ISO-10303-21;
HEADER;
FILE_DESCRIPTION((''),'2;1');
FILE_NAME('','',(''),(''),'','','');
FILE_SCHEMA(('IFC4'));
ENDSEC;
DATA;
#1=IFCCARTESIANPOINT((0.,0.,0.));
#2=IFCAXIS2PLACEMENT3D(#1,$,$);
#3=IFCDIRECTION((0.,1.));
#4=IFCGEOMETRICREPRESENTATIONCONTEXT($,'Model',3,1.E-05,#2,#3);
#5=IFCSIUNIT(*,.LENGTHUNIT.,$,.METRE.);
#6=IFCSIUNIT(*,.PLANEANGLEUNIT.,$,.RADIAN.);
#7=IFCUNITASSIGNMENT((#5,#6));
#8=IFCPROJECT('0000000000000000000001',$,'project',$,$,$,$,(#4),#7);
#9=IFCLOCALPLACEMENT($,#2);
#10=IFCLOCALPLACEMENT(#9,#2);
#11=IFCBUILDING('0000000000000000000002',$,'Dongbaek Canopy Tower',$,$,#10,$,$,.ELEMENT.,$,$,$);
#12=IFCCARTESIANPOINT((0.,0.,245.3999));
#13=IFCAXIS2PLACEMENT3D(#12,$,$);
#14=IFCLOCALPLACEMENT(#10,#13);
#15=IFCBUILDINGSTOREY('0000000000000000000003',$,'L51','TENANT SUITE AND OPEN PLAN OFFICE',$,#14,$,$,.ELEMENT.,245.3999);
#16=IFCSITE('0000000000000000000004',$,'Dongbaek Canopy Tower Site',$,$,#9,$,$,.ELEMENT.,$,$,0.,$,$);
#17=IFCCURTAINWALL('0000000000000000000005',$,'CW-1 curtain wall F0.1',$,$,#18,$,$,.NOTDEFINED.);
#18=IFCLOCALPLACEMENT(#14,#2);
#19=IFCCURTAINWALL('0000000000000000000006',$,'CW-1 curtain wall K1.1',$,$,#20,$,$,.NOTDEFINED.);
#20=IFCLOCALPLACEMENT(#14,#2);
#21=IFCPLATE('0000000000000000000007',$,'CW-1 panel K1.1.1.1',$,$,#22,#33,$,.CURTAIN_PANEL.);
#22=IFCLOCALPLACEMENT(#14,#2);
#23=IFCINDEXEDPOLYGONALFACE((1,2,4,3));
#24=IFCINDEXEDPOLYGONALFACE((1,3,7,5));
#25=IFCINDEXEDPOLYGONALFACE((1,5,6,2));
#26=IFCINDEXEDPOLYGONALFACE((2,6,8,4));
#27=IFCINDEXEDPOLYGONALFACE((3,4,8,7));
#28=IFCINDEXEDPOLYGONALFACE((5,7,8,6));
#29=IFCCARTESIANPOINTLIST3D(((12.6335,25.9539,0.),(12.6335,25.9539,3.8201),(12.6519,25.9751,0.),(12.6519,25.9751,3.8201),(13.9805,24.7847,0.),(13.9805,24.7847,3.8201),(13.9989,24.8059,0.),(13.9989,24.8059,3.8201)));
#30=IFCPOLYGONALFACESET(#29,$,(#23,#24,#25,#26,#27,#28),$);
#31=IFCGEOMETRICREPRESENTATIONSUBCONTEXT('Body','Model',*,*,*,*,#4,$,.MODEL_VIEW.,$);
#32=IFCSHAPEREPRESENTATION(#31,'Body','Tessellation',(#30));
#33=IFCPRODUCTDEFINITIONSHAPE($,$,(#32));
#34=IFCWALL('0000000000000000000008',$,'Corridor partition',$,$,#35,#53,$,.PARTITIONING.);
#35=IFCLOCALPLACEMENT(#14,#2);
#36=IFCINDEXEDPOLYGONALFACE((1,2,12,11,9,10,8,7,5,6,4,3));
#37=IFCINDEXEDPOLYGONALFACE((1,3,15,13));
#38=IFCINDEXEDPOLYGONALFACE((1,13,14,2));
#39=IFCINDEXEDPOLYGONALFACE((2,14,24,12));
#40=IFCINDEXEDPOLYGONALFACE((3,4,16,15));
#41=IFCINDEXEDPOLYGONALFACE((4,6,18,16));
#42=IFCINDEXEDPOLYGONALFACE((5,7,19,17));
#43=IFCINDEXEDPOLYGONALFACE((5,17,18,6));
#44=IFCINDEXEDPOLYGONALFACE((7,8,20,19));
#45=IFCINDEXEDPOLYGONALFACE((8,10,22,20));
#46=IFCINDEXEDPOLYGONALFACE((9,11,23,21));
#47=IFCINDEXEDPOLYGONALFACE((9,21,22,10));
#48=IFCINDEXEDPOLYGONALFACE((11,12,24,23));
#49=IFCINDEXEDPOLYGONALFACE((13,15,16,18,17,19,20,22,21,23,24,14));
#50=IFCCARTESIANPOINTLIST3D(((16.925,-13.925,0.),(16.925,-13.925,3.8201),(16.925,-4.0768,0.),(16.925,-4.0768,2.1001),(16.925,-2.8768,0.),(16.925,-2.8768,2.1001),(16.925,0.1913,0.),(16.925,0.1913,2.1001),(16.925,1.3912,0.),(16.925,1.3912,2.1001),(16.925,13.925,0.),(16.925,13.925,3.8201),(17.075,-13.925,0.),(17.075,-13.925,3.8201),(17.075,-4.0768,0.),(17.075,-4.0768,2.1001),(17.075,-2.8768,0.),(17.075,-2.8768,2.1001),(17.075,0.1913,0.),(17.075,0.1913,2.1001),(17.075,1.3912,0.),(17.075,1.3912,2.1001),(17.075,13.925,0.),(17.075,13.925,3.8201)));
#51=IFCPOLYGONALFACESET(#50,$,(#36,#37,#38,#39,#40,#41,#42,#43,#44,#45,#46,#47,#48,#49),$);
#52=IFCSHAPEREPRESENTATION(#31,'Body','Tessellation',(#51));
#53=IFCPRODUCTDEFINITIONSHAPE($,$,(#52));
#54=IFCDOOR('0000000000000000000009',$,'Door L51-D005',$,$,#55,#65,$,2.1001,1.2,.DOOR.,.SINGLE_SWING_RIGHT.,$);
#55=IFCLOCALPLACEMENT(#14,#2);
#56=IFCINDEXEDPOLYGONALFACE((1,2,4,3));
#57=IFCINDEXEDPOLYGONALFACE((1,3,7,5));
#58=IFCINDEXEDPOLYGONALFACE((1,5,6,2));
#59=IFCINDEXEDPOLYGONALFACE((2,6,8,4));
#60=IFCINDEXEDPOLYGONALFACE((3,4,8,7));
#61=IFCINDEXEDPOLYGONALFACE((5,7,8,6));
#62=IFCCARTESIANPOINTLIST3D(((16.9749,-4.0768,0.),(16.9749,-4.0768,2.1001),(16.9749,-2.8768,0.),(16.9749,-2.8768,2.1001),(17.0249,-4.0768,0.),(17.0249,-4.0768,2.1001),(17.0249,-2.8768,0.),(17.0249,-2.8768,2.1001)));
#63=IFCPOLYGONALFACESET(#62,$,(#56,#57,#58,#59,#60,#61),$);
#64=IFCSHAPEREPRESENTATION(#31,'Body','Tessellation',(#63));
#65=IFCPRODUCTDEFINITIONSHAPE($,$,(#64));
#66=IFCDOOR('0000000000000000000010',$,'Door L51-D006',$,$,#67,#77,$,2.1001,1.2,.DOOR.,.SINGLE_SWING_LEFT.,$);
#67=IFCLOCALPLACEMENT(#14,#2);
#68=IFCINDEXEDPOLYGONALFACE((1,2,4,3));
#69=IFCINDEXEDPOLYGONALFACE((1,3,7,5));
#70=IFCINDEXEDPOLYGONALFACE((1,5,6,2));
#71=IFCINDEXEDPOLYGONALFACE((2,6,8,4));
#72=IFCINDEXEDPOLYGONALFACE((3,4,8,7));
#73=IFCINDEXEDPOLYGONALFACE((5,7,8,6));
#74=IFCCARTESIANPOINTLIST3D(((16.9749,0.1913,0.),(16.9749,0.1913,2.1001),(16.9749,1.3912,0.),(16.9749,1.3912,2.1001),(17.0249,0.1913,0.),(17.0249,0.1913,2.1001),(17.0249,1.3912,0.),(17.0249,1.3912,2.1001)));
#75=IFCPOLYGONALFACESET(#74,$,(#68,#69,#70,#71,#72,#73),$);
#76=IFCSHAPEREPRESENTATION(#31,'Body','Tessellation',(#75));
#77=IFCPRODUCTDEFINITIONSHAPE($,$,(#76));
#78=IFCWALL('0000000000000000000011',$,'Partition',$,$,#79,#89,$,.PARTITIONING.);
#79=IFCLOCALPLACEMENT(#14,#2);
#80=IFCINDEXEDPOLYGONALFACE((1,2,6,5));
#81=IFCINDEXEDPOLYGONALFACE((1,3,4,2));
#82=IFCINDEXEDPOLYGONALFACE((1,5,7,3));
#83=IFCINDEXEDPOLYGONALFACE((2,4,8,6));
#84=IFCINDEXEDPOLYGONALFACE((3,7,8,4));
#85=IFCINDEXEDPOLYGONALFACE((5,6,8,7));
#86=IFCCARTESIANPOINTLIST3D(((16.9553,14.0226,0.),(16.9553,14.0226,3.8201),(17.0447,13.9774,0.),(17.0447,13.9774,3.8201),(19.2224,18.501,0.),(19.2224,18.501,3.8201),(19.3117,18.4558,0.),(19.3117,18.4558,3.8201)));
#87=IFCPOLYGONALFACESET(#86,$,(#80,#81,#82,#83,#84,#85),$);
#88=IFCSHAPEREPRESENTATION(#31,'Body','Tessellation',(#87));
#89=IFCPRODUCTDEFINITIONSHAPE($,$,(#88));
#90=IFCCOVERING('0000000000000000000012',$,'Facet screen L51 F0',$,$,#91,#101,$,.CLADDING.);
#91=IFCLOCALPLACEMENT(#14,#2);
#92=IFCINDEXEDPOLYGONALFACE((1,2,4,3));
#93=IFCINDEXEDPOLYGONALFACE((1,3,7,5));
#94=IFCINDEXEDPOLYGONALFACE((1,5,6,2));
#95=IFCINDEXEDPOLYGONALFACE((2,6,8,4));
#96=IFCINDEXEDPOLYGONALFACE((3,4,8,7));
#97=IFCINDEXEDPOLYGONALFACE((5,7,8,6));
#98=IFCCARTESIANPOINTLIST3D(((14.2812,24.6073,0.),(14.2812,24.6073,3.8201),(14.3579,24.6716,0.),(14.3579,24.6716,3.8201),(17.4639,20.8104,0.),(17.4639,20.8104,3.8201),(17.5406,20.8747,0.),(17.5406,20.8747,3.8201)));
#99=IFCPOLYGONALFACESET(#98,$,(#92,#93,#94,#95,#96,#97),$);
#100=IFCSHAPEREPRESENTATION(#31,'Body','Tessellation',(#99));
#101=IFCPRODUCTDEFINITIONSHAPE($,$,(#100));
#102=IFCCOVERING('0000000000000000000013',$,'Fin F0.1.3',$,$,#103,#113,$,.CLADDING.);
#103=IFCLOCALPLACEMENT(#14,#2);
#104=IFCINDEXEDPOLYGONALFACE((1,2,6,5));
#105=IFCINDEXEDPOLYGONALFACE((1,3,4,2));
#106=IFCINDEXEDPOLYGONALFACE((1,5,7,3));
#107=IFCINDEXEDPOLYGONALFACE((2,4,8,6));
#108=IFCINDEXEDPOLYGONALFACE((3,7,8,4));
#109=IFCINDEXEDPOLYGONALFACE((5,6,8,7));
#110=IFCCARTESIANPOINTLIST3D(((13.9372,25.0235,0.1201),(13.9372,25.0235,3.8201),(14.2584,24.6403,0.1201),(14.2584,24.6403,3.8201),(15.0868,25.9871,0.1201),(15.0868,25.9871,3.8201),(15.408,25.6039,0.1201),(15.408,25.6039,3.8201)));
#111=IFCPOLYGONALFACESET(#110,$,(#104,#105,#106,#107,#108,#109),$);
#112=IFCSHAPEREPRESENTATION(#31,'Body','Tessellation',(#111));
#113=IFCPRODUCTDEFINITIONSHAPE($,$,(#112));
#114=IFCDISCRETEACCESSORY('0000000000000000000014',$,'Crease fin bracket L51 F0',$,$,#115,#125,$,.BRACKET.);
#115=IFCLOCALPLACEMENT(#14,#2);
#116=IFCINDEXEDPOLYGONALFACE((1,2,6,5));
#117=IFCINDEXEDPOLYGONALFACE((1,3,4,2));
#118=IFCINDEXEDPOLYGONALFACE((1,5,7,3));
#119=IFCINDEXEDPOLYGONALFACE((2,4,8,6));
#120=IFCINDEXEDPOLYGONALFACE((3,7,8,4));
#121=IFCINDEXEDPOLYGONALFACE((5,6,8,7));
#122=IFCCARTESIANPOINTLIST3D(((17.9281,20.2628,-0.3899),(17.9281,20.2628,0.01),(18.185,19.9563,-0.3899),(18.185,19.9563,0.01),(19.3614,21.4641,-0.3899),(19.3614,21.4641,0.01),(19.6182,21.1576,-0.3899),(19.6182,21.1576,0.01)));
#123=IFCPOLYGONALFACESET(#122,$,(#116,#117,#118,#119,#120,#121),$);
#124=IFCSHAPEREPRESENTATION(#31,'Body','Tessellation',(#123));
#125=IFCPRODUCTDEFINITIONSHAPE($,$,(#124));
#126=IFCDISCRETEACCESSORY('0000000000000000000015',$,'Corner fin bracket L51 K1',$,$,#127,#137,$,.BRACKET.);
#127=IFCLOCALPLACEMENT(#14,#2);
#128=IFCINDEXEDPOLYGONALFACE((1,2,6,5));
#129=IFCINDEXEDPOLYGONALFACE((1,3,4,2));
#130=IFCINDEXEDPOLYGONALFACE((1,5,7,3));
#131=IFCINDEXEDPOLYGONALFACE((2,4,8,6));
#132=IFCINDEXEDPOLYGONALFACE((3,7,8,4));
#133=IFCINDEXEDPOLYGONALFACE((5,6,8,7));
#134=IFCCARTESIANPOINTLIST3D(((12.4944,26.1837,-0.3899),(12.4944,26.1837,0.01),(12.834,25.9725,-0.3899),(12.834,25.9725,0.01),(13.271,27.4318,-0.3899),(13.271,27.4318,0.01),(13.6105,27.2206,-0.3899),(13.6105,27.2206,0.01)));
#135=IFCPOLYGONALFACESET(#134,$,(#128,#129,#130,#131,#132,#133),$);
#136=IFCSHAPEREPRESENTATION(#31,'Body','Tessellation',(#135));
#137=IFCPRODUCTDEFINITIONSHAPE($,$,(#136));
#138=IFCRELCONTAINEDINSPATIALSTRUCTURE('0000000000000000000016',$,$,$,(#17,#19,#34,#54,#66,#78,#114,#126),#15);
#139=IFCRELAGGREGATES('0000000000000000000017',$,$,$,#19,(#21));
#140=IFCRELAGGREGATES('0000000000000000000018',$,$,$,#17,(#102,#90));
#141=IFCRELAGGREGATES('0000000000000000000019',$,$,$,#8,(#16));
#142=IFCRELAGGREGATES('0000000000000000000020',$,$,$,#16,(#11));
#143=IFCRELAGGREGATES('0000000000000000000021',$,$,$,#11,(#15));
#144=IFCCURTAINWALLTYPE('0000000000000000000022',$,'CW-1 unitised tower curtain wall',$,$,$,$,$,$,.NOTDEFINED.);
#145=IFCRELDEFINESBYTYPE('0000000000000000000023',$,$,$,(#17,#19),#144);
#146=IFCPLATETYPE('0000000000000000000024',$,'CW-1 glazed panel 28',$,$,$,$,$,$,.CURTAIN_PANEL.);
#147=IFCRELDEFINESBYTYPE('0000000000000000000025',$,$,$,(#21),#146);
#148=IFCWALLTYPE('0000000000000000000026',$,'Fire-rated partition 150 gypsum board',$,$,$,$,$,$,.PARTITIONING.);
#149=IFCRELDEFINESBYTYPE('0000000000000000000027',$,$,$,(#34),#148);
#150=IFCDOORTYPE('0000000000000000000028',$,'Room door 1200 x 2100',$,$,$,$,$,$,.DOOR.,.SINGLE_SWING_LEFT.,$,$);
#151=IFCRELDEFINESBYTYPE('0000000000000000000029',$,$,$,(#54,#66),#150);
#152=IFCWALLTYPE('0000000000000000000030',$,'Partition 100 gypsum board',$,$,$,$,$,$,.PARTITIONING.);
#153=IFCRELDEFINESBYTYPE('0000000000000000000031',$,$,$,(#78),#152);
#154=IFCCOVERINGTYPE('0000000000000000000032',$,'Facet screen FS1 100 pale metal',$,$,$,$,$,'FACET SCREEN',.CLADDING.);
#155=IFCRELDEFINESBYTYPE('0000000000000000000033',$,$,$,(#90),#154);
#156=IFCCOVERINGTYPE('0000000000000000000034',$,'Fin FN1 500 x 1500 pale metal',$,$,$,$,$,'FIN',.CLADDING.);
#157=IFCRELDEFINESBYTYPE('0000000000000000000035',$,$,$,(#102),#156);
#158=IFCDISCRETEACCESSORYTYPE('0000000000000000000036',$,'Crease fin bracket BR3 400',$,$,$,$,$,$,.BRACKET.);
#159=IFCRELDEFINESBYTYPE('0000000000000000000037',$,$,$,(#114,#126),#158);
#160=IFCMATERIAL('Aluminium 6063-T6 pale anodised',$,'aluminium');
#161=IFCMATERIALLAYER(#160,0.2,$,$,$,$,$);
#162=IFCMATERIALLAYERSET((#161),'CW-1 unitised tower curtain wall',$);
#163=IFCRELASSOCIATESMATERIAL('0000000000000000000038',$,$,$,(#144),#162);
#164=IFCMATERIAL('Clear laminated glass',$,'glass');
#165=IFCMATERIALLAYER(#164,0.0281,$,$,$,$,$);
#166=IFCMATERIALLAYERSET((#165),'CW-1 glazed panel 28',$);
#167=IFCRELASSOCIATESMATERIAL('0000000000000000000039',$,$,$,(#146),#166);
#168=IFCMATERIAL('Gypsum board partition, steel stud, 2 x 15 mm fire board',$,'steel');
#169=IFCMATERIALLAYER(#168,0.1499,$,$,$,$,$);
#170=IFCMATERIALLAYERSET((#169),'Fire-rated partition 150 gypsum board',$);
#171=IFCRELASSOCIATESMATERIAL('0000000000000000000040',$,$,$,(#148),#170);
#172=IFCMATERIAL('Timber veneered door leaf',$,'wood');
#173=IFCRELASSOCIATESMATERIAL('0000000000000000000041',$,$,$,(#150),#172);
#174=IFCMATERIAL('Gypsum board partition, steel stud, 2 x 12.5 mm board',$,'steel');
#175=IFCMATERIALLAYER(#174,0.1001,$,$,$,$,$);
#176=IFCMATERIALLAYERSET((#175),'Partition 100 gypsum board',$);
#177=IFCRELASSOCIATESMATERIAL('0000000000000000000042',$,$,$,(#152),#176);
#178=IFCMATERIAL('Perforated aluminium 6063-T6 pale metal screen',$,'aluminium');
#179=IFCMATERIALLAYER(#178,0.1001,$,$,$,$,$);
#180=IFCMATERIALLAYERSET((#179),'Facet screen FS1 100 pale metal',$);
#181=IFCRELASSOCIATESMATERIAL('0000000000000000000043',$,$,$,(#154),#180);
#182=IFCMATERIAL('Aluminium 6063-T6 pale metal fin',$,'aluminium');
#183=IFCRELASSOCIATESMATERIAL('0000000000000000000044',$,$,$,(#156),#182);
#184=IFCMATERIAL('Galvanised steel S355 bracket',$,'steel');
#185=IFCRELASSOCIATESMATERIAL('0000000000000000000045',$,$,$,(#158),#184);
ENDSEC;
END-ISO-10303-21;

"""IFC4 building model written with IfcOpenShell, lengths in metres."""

from ifc_helpers import new_model, si_unit, direction, frame, frame_2d, origin, origin_2d, place, context, subcontext, project, spatial, rectangle, extrude, material, layer, layer_set, material_profile, profile_set, type_object, element, fill, aggregate, save


model = new_model("IFC4")

# Units and contexts
model_context = context("Model", 3, precision=1e-05, world=origin(), true_north=direction((0.0, 1.0)))
body_context = subcontext(model_context, "Body", "Model", "MODEL_VIEW")
ifc_project = project(units=[si_unit("LENGTHUNIT", "METRE"), si_unit("PLANEANGLEUNIT", "RADIAN")], contexts=[model_context])

# Site, building, storey
site_placement = place(None, origin())
site = spatial("IfcSite", under=ifc_project, at=site_placement, Name="Dongbaek Canopy Tower Site", CompositionType="ELEMENT", RefElevation=0.0)
building_placement = place(site_placement, origin())
building = spatial("IfcBuilding", under=site, at=building_placement, Name="Dongbaek Canopy Tower", CompositionType="ELEMENT")
storey_placement = place(building_placement, frame((0.0, 0.0, 245.3999)))
storey = spatial("IfcBuildingStorey", under=building, at=storey_placement, Name="L51", Description="TENANT SUITE AND OPEN PLAN OFFICE", CompositionType="ELEMENT", Elevation=245.3999)

# Curtain wall
ifc_material_1 = material(Name="Aluminium 6063-T6 pale anodised", Category="aluminium")
ifc_layer_1 = layer(ifc_material_1, 0.2)
ifc_layer_set_1 = layer_set([ifc_layer_1], Name="CW-1 unitised tower curtain wall")
curtain_wall_type = type_object("IfcCurtainWallType", Name="CW-1 unitised tower curtain wall", PredefinedType="NOTDEFINED", material=ifc_layer_set_1)
curtain_wall_1_placement = place(storey_placement, origin())
curtain_wall_1 = element("IfcCurtainWall", 1, at=curtain_wall_1_placement, inside=storey, type_object=curtain_wall_type, Name="CW-1 curtain wall F0.1", PredefinedType="NOTDEFINED")

# Shared definitions
ifc_material_2 = material(Name="Clear laminated glass", Category="glass")
ifc_layer_2 = layer(ifc_material_2, 0.0281)
ifc_layer_set_2 = layer_set([ifc_layer_2], Name="CW-1 glazed panel 28")
plate_type = type_object("IfcPlateType", Name="CW-1 glazed panel 28", PredefinedType="CURTAIN_PANEL", material=ifc_layer_set_2)

# Curtain wall, plate
curtain_wall_2_placement = place(storey_placement, origin())
curtain_wall_2 = element("IfcCurtainWall", 2, at=curtain_wall_2_placement, inside=storey, type_object=curtain_wall_type, Name="CW-1 curtain wall K1.1", PredefinedType="NOTDEFINED")
plate_1_placement = place(storey_placement, frame((13.3162, 25.3799, 0.0), z_axis=(0.0, 0.0, 1.0), x_axis=(-0.755169, 0.65553, 0.0)))
plate_1 = element("IfcPlate", 3, at=plate_1_placement, type_object=plate_type, Name="CW-1 panel K1.1.1.1", PredefinedType="CURTAIN_PANEL", context=body_context, shape_type="SweptSolid", body=[
    extrude(rectangle(XDim=1.7837, YDim=0.0281, at=origin_2d()), origin(), (0.0, 0.0, 1.0), 3.8201),
])
aggregate(curtain_wall_2, [plate_1])

# Wall, openings, doors
ifc_material_3 = material(Name="Gypsum board partition, steel stud, 2 x 15 mm fire board", Category="steel")
ifc_layer_3 = layer(ifc_material_3, 0.1499)
ifc_layer_set_3 = layer_set([ifc_layer_3], Name="Fire-rated partition 150 gypsum board")
wall_type_1 = type_object("IfcWallType", Name="Fire-rated partition 150 gypsum board", PredefinedType="PARTITIONING", material=ifc_layer_set_3)
wall_1_placement = place(storey_placement, frame((17.0, 13.925, 0.0), z_axis=(0.0, 0.0, 1.0), x_axis=(0.0, -1.0, 0.0)))
wall_1 = element("IfcWall", 4, at=wall_1_placement, inside=storey, type_object=wall_type_1, Name="Corridor partition", PredefinedType="PARTITIONING", context=body_context, shape_type="SweptSolid", body=[
    extrude(rectangle(XDim=27.8501, YDim=0.1499, at=frame_2d((13.925, 0.0))), origin(), (0.0, 0.0, 1.0), 3.8201),
])
opening_1_placement = place(wall_1_placement, frame((16.8018, 0.0, 0.0)))
opening_1 = element("IfcOpeningElement", 5, at=opening_1_placement, cuts=wall_1, PredefinedType="OPENING", context=body_context, shape_type="SweptSolid", body=[
    extrude(rectangle(XDim=1.2, YDim=2.1001, at=frame_2d((0.6001, 1.05))), frame((0.0, 0.085, 0.0), z_axis=(0.0, -1.0, 0.0), x_axis=(1.0, 0.0, 0.0)), (0.0, 0.0, 1.0), 0.1699),
])
opening_2_placement = place(wall_1_placement, frame((12.5337, 0.0, 0.0)))
opening_2 = element("IfcOpeningElement", 6, at=opening_2_placement, cuts=wall_1, PredefinedType="OPENING", context=body_context, shape_type="SweptSolid", body=[
    extrude(rectangle(XDim=1.2, YDim=2.1001, at=frame_2d((0.6001, 1.05))), frame((0.0, 0.085, 0.0), z_axis=(0.0, -1.0, 0.0), x_axis=(1.0, 0.0, 0.0)), (0.0, 0.0, 1.0), 0.1699),
])
ifc_material_4 = material(Name="Timber veneered door leaf", Category="wood")
door_type = type_object("IfcDoorType", Name="Room door 1200 x 2100", OperationType="SINGLE_SWING_LEFT", PredefinedType="DOOR", material=ifc_material_4)
door_1_placement = place(opening_1_placement, origin())
door_1 = element("IfcDoor", 7, at=door_1_placement, inside=storey, type_object=door_type, Name="Door L51-D005", OperationType="SINGLE_SWING_RIGHT", OverallHeight=2.1001, OverallWidth=1.2, PredefinedType="DOOR", context=body_context, shape_type="SweptSolid", body=[
    extrude(rectangle(XDim=1.2, YDim=2.1001, at=frame_2d((0.6001, 1.05))), frame((0.0, 0.0249, 0.0), z_axis=(0.0, -1.0, 0.0), x_axis=(1.0, 0.0, 0.0)), (0.0, 0.0, 1.0), 0.05),
])
fill(opening_1, door_1)
door_2_placement = place(opening_2_placement, origin())
door_2 = element("IfcDoor", 8, at=door_2_placement, inside=storey, type_object=door_type, Name="Door L51-D006", OperationType="SINGLE_SWING_LEFT", OverallHeight=2.1001, OverallWidth=1.2, PredefinedType="DOOR", context=body_context, shape_type="SweptSolid", body=[
    extrude(rectangle(XDim=1.2, YDim=2.1001, at=frame_2d((0.6001, 1.05))), frame((0.0, 0.0249, 0.0), z_axis=(0.0, -1.0, 0.0), x_axis=(1.0, 0.0, 0.0)), (0.0, 0.0, 1.0), 0.05),
])
fill(opening_2, door_2)

# Wall
ifc_material_5 = material(Name="Gypsum board partition, steel stud, 2 x 12.5 mm board", Category="steel")
ifc_layer_4 = layer(ifc_material_5, 0.1001)
ifc_layer_set_4 = layer_set([ifc_layer_4], Name="Partition 100 gypsum board")
wall_type_2 = type_object("IfcWallType", Name="Partition 100 gypsum board", PredefinedType="PARTITIONING", material=ifc_layer_set_4)
wall_2_placement = place(storey_placement, frame((17.0, 14.0, 0.0), z_axis=(0.0, 0.0, 1.0), x_axis=(0.451644, 0.892198, 0.0)))
element("IfcWall", 9, at=wall_2_placement, inside=storey, type_object=wall_type_2, Name="Partition", PredefinedType="PARTITIONING", context=body_context, shape_type="SweptSolid", body=[
    extrude(rectangle(XDim=5.0195, YDim=0.1001, at=frame_2d((2.5098, 0.0))), origin(), (0.0, 0.0, 1.0), 3.8201),
])

# Coverings
ifc_material_6 = material(Name="Perforated aluminium 6063-T6 pale metal screen", Category="aluminium")
ifc_layer_5 = layer(ifc_material_6, 0.1001)
ifc_layer_set_5 = layer_set([ifc_layer_5], Name="Facet screen FS1 100 pale metal")
covering_type_1 = type_object("IfcCoveringType", Name="Facet screen FS1 100 pale metal", ElementType="FACET SCREEN", PredefinedType="CLADDING", material=ifc_layer_set_5)
covering_1_placement = place(storey_placement, frame((15.9109, 22.741, 0.0), z_axis=(0.0, 0.0, 1.0), x_axis=(-0.642393, 0.766375, 0.0)))
covering_1 = element("IfcCovering", 10, at=covering_1_placement, type_object=covering_type_1, Name="Facet screen L51 F0", PredefinedType="CLADDING", context=body_context, shape_type="SweptSolid", body=[
    extrude(rectangle(XDim=4.9543, YDim=0.1001, at=origin_2d()), origin(), (0.0, 0.0, 1.0), 3.8201),
])
ifc_material_7 = material(Name="Aluminium 6063-T6 pale metal fin", Category="aluminium")
ifc_material_profile_1 = material_profile(ifc_material_7, rectangle(XDim=1.5, YDim=0.5, at=origin_2d()), Name="Fin FN1 500 x 1500 pale metal")
ifc_profile_set_1 = profile_set([ifc_material_profile_1], Name="Aluminium 6063-T6 pale metal fin")
covering_type_2 = type_object("IfcCoveringType", Name="Fin FN1 500 x 1500 pale metal", ElementType="FIN", PredefinedType="CLADDING", material=ifc_profile_set_1)
covering_2_placement = place(storey_placement, frame((14.6726, 25.3137, 0.1201), z_axis=(0.0, 0.0, 1.0), x_axis=(0.766375, 0.642393, 0.0)))
covering_2 = element("IfcCovering", 11, at=covering_2_placement, type_object=covering_type_2, Name="Fin F0.1.3", PredefinedType="CLADDING", context=body_context, shape_type="SweptSolid", body=[
    extrude(rectangle(XDim=1.5, YDim=0.5, at=origin_2d()), origin(), (0.0, 0.0, 1.0), 3.7),
])
aggregate(curtain_wall_1, [covering_2, covering_1])

# Discrete accessories
ifc_material_8 = material(Name="Galvanised steel S355 bracket", Category="steel")
discrete_accessory_type = type_object("IfcDiscreteAccessoryType", Name="Crease fin bracket BR3 400", PredefinedType="BRACKET", material=ifc_material_8)
discrete_accessory_1_placement = place(storey_placement, frame((18.7732, 20.7102, -0.3899), z_axis=(0.0, 0.0, 1.0), x_axis=(0.766375, 0.642393, 0.0)))
element("IfcDiscreteAccessory", 12, at=discrete_accessory_1_placement, inside=storey, type_object=discrete_accessory_type, Name="Crease fin bracket L51 F0", PredefinedType="BRACKET", context=body_context, shape_type="SweptSolid", body=[
    extrude(rectangle(XDim=1.8701, YDim=0.3999, at=origin_2d()), origin(), (0.0, 0.0, 1.0), 0.3999),
])
discrete_accessory_2_placement = place(storey_placement, frame((13.0525, 26.7021, -0.3899), z_axis=(0.0, 0.0, 1.0), x_axis=(0.528293, 0.849062, 0.0)))
element("IfcDiscreteAccessory", 13, at=discrete_accessory_2_placement, inside=storey, type_object=discrete_accessory_type, Name="Corner fin bracket L51 K1", PredefinedType="BRACKET", context=body_context, shape_type="SweptSolid", body=[
    extrude(rectangle(XDim=1.47, YDim=0.3999, at=origin_2d()), origin(), (0.0, 0.0, 1.0), 0.3999),
])

save(model, "model.ifc")
